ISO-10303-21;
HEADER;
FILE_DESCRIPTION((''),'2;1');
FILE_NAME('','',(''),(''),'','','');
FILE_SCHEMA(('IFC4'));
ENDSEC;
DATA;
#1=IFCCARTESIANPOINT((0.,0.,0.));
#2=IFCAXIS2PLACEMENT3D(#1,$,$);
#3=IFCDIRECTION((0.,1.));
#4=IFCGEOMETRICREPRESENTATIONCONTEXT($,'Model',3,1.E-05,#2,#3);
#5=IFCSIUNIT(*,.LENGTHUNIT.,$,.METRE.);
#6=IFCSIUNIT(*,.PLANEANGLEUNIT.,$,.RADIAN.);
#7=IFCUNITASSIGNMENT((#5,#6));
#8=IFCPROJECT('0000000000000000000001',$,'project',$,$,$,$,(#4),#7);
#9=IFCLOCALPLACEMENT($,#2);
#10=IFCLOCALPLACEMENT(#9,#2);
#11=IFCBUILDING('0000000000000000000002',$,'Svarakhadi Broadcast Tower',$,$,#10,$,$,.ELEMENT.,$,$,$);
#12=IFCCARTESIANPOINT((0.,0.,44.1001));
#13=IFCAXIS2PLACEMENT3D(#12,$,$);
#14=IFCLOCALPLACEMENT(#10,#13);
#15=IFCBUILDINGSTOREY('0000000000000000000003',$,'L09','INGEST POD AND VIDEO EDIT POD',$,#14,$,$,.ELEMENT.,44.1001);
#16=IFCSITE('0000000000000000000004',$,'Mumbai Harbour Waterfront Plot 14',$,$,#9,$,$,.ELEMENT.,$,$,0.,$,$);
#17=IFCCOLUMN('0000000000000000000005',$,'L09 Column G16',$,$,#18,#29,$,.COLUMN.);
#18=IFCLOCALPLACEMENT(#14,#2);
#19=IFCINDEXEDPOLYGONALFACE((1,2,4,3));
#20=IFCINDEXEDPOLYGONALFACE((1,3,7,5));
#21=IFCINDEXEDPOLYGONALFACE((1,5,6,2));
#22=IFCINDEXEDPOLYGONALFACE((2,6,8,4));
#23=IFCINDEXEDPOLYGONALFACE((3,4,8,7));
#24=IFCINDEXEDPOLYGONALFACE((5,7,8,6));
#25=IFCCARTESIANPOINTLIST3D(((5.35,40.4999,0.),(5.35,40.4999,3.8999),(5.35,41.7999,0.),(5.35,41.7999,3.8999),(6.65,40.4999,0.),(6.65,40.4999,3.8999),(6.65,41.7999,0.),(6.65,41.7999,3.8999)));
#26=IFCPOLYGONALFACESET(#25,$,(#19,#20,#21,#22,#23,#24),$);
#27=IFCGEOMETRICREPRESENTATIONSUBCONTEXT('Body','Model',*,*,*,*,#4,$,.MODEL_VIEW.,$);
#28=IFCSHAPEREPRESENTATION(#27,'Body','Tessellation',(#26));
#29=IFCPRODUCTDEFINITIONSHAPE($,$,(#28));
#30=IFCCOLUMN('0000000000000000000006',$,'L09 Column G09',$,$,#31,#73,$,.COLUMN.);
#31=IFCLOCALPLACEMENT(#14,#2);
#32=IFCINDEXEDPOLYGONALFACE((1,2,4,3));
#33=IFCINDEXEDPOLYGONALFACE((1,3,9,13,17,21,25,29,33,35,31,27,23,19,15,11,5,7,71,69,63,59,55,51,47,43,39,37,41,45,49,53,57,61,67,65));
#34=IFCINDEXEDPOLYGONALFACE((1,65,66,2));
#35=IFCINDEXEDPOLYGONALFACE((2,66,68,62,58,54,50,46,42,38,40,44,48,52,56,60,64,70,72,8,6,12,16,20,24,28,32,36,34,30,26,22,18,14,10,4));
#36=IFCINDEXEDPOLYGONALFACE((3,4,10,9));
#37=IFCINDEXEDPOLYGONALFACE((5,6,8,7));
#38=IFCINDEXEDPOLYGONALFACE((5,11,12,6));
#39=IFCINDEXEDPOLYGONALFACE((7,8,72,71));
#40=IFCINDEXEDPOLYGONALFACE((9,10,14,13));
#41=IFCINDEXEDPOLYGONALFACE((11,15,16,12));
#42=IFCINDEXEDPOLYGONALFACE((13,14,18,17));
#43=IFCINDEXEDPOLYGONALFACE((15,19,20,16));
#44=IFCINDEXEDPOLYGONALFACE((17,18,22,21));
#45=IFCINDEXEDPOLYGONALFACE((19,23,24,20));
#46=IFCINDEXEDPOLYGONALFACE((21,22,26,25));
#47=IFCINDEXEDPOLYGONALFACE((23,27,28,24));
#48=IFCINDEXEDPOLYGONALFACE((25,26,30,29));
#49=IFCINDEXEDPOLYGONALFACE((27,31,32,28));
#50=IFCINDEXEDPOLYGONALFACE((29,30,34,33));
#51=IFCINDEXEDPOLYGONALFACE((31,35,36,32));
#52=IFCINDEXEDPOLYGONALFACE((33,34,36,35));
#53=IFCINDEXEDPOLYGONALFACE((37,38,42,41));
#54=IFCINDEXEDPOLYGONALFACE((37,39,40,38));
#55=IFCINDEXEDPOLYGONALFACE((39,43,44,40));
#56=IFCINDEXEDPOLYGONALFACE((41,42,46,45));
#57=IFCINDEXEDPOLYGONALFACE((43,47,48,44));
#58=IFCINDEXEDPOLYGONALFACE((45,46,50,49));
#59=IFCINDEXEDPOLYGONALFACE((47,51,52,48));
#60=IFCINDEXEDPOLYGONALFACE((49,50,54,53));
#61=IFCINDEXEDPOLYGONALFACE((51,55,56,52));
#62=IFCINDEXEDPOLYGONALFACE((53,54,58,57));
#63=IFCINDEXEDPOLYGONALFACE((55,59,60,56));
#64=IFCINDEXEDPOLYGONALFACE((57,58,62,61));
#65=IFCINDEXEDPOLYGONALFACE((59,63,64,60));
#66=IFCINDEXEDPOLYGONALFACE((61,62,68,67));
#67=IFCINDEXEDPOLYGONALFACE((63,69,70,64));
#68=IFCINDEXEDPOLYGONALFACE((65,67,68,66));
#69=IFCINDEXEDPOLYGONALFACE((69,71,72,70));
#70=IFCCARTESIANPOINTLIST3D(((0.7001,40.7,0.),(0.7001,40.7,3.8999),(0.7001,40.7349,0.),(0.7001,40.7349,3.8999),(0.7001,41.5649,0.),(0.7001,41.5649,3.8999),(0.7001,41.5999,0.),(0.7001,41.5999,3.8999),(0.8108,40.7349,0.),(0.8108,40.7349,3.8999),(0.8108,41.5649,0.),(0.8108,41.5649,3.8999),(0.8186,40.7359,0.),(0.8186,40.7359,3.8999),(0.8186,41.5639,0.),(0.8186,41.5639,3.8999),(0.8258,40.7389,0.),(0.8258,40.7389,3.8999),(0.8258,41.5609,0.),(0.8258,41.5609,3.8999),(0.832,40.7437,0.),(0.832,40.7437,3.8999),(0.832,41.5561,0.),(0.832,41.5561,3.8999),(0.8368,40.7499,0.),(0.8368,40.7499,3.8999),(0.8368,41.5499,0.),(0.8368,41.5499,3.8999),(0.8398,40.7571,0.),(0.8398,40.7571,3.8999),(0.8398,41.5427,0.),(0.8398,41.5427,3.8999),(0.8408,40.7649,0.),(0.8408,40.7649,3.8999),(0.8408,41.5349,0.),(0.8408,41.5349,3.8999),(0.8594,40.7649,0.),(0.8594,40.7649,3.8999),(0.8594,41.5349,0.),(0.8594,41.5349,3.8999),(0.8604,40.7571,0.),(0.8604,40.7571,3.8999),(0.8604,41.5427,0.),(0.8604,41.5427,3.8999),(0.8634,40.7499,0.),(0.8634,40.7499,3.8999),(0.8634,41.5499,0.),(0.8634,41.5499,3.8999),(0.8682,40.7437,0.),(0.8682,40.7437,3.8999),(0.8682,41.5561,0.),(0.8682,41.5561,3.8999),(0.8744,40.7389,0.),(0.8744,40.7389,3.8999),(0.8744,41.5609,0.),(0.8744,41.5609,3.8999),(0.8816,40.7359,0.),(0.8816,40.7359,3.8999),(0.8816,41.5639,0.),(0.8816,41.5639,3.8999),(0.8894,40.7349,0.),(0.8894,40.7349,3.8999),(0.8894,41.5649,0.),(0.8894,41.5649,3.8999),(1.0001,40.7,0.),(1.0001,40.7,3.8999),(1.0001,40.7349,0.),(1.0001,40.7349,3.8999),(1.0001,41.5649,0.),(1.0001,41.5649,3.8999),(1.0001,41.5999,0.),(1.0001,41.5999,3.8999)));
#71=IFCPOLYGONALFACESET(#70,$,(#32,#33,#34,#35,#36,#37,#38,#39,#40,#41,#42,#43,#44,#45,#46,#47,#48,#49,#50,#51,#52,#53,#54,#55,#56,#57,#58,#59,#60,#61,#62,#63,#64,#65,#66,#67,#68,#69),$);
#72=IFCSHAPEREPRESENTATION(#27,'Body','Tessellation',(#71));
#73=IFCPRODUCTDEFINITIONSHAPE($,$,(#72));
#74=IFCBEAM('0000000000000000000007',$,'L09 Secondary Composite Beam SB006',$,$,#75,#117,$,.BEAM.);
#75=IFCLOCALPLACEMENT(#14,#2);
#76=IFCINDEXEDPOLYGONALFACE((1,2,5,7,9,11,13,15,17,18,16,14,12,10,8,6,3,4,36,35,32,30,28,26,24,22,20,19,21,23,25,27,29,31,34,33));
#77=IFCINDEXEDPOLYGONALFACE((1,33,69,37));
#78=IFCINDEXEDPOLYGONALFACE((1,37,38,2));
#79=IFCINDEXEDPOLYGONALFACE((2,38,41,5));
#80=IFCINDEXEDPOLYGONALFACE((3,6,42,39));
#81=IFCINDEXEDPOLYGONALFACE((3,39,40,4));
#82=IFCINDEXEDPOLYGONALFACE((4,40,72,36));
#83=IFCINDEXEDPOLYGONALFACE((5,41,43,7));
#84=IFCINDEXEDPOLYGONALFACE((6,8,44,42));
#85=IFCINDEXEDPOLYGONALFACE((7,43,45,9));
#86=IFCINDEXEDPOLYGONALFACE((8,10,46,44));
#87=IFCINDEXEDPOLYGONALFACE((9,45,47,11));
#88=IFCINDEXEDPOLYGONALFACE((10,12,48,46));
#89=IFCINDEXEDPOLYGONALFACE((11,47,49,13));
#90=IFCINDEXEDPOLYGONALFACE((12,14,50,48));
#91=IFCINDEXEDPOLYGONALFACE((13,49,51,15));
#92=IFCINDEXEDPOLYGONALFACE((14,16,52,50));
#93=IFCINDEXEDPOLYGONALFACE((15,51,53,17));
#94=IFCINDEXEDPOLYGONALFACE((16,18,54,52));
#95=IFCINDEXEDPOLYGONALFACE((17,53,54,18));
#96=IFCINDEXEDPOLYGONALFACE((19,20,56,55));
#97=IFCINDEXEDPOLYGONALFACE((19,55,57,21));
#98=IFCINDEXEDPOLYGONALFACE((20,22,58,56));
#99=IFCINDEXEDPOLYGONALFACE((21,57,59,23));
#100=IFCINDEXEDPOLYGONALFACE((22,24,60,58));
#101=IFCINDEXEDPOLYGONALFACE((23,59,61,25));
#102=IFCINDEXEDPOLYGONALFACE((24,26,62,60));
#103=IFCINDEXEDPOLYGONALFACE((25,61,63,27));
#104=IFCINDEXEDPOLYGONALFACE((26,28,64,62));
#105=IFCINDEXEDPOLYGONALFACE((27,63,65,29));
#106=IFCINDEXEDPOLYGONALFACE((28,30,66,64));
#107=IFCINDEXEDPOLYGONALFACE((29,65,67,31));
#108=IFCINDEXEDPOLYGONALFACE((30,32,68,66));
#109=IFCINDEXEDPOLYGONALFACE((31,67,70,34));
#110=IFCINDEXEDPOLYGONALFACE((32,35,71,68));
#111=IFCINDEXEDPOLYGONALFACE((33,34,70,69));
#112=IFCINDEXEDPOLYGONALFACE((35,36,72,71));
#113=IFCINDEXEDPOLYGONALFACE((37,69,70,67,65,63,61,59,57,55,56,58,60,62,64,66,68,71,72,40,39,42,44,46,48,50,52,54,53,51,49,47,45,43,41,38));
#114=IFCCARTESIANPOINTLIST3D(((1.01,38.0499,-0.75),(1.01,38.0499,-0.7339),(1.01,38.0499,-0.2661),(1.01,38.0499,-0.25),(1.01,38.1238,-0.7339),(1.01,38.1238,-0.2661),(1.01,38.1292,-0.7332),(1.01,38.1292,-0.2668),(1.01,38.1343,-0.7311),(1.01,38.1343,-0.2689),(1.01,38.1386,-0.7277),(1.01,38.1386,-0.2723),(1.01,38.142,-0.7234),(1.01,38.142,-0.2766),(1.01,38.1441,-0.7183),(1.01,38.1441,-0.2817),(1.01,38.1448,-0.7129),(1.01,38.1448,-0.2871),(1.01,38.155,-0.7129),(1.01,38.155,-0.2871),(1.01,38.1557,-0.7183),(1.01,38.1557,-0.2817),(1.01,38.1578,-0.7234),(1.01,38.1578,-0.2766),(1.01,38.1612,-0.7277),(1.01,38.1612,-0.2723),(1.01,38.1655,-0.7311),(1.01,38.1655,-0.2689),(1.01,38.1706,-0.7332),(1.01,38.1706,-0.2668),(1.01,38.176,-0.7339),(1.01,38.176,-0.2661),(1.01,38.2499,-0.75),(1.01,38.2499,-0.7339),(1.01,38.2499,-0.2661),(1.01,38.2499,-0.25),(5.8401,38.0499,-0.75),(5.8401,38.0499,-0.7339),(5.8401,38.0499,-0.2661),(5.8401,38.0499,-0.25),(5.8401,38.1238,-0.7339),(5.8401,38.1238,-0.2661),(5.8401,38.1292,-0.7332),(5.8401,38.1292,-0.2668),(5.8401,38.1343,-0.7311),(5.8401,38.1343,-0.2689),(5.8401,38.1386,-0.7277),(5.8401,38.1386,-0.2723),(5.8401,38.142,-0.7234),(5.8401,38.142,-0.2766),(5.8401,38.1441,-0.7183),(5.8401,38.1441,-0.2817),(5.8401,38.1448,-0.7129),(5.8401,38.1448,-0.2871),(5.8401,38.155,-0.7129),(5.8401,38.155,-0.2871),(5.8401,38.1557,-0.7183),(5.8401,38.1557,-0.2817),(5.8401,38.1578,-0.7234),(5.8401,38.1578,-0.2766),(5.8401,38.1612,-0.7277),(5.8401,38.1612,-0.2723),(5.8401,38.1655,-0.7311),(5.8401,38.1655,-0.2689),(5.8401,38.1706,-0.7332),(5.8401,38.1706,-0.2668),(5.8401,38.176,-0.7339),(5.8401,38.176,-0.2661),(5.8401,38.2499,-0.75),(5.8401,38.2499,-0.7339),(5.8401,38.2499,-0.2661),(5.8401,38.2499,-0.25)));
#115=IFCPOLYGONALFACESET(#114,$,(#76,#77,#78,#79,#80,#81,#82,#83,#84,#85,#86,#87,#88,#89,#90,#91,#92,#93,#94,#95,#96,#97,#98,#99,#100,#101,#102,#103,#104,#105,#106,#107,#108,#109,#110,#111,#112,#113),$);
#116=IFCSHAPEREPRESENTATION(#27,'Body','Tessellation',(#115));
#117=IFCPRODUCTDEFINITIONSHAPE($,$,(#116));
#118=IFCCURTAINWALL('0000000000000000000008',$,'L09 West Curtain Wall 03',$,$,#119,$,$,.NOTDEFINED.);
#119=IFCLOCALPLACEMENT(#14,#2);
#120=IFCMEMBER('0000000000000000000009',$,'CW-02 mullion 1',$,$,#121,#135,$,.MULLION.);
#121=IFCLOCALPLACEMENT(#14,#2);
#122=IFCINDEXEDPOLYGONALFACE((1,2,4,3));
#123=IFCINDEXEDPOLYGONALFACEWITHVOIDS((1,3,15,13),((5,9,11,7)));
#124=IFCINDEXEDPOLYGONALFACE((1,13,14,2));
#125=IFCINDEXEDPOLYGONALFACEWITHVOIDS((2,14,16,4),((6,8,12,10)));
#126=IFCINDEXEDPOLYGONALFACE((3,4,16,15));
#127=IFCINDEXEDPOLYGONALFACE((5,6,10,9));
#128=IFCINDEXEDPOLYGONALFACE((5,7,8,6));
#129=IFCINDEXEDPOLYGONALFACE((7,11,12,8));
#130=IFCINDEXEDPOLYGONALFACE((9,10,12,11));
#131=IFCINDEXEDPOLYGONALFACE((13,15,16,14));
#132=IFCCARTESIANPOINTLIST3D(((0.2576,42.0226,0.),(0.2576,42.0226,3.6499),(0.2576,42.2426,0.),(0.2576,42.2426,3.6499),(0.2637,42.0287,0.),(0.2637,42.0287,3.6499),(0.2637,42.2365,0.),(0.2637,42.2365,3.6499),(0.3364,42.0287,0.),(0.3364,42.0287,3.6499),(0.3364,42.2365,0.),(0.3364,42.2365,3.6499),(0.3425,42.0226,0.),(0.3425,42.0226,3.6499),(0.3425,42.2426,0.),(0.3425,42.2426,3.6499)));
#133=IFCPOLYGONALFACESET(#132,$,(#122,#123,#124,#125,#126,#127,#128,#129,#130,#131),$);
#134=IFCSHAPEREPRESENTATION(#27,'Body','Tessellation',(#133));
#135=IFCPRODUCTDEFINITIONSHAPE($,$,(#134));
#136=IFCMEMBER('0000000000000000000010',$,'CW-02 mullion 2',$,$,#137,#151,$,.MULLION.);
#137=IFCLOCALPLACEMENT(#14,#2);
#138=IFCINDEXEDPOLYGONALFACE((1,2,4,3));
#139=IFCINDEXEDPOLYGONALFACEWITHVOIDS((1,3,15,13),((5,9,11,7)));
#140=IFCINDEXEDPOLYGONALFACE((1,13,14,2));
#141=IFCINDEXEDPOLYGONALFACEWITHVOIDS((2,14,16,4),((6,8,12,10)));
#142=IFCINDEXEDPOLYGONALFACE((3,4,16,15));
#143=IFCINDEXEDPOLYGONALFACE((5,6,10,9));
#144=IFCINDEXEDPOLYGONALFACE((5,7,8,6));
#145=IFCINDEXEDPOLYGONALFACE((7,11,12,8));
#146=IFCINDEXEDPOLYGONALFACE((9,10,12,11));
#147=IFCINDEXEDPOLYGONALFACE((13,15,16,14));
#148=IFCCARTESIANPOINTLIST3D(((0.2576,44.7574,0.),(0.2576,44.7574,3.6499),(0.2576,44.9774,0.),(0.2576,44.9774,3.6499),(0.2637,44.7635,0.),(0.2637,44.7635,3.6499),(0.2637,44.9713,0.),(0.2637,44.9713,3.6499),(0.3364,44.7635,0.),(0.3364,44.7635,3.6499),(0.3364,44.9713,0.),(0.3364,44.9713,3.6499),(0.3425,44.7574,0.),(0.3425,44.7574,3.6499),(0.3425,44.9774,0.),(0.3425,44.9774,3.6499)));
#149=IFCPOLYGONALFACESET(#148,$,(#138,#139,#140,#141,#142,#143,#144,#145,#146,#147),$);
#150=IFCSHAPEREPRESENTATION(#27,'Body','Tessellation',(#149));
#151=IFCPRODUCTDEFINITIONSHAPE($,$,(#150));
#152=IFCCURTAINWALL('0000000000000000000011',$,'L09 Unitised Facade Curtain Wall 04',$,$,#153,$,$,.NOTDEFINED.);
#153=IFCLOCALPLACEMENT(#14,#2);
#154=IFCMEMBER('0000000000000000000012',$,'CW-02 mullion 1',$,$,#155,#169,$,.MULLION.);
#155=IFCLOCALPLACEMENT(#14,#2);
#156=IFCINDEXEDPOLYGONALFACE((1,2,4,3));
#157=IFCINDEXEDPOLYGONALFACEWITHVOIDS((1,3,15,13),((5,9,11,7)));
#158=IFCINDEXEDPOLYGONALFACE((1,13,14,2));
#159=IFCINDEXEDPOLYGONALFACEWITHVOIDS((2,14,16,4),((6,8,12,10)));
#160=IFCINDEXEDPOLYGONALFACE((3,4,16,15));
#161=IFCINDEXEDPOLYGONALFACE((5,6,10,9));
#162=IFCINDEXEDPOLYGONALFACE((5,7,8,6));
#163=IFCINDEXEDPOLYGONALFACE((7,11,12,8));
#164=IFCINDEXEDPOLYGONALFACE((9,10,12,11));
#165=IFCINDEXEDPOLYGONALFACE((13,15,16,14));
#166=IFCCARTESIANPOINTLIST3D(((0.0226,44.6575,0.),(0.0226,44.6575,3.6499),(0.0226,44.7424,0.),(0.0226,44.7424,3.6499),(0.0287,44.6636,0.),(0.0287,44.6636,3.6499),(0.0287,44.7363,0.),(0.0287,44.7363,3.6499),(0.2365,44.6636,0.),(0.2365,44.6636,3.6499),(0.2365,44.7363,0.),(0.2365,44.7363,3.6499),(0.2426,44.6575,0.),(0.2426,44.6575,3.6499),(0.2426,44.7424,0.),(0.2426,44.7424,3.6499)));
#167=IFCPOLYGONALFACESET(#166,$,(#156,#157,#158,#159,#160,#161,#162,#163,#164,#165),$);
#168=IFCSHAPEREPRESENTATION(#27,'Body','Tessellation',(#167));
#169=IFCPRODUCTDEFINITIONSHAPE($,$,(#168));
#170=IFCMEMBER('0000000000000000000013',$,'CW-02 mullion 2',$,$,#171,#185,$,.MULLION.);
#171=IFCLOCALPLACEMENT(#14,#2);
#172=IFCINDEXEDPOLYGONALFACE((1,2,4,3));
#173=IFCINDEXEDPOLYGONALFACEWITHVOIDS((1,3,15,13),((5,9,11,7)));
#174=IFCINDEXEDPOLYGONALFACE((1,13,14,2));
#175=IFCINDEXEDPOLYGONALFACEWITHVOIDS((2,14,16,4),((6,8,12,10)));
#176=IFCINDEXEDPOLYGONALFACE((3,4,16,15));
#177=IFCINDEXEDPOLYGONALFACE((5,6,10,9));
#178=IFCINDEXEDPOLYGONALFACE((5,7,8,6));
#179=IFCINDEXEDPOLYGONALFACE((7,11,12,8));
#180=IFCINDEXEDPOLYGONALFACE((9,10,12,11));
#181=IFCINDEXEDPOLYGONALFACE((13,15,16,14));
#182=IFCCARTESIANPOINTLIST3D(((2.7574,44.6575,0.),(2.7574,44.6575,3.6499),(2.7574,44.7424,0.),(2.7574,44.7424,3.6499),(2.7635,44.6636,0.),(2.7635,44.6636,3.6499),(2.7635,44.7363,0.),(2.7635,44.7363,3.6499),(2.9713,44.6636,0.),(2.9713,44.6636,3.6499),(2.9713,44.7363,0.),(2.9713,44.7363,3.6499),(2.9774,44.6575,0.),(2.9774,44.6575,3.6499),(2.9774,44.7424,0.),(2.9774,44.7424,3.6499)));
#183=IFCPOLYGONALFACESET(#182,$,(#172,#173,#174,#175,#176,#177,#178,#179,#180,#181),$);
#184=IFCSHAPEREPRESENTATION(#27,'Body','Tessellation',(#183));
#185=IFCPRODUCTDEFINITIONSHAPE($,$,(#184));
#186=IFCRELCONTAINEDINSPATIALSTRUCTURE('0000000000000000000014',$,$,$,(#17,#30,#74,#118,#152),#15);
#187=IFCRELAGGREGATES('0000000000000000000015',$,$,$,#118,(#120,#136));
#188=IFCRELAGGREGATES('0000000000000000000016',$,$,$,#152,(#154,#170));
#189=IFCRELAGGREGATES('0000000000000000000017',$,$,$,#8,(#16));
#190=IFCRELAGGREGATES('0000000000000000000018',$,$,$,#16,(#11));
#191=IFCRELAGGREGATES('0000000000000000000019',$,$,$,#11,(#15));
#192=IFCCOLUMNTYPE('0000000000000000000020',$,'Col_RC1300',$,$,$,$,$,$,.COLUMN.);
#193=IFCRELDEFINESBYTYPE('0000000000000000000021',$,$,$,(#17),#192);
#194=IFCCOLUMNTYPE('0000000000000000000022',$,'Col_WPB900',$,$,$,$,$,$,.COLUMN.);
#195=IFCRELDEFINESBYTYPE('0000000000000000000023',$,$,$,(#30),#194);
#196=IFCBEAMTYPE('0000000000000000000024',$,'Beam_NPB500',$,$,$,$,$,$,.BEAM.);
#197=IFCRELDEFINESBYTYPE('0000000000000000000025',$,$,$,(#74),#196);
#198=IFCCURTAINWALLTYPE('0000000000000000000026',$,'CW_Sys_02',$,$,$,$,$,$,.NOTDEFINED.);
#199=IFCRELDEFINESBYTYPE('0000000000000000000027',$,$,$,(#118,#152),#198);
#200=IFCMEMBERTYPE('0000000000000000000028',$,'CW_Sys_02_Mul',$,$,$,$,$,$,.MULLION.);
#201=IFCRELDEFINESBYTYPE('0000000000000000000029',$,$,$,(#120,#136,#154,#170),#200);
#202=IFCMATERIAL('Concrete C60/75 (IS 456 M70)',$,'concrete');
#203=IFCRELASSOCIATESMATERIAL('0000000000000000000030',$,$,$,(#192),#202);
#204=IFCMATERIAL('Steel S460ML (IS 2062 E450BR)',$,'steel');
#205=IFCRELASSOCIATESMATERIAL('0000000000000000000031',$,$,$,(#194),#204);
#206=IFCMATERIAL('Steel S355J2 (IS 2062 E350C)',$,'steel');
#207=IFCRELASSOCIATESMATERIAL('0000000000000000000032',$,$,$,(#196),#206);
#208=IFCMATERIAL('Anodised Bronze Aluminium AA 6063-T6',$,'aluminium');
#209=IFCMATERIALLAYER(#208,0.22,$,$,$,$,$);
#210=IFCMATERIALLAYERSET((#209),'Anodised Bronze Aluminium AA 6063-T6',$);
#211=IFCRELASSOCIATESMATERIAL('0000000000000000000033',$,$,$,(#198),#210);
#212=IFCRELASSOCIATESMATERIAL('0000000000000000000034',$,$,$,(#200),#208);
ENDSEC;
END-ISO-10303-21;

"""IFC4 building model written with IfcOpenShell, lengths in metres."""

from ifc_helpers import new_model, si_unit, direction, frame, origin, origin_2d, place, context, subcontext, project, spatial, rectangle, hollow_rectangle, i_section, extrude, material, layer, layer_set, material_profile, profile_set, type_object, element, aggregate, save


model = new_model("IFC4")

# Units and contexts
model_context = context("Model", 3, precision=1e-05, world=origin(), true_north=direction((0.0, 1.0)))
body_context = subcontext(model_context, "Body", "Model", "MODEL_VIEW")
ifc_project = project(units=[si_unit("LENGTHUNIT", "METRE"), si_unit("PLANEANGLEUNIT", "RADIAN")], contexts=[model_context])

# Site, building, storey
site_placement = place(None, origin())
site = spatial("IfcSite", under=ifc_project, at=site_placement, Name="Mumbai Harbour Waterfront Plot 14", CompositionType="ELEMENT", RefElevation=0.0)
building_placement = place(site_placement, origin())
building = spatial("IfcBuilding", under=site, at=building_placement, Name="Svarakhadi Broadcast Tower", CompositionType="ELEMENT")
storey_placement = place(building_placement, frame((0.0, 0.0, 44.1001)))
storey = spatial("IfcBuildingStorey", under=building, at=storey_placement, Name="L09", Description="INGEST POD AND VIDEO EDIT POD", CompositionType="ELEMENT", Elevation=44.1001)

# Columns
ifc_material_1 = material(Name="Concrete C60/75 (IS 456 M70)", Category="concrete")
ifc_material_profile_1 = material_profile(ifc_material_1, rectangle(XDim=1.3, YDim=1.3, at=origin_2d()), Name="RC 1300x1300")
ifc_profile_set_1 = profile_set([ifc_material_profile_1], Name="Concrete C60/75 (IS 456 M70)")
column_type_1 = type_object("IfcColumnType", Name="Col_RC1300", PredefinedType="COLUMN", material=ifc_profile_set_1)
column_1_placement = place(storey_placement, frame((6.0, 41.1499, 0.0), z_axis=(0.0, 0.0, 1.0), x_axis=(1.0, 0.0, 0.0)))
element("IfcColumn", 1, at=column_1_placement, inside=storey, type_object=column_type_1, Name="L09 Column G16", PredefinedType="COLUMN", context=body_context, shape_type="SweptSolid", body=[
    extrude(rectangle(XDim=1.3, YDim=1.3, at=origin_2d()), origin(), (0.0, 0.0, 1.0), 3.8999),
])
ifc_material_2 = material(Name="Steel S460ML (IS 2062 E450BR)", Category="steel")
ifc_material_profile_2 = material_profile(ifc_material_2, i_section(OverallWidth=0.3, OverallDepth=0.8999, WebThickness=0.0186, FlangeThickness=0.0349, FilletRadius=0.03, at=origin_2d()), Name="WPB 900x300x291")
ifc_profile_set_2 = profile_set([ifc_material_profile_2], Name="Steel S460ML (IS 2062 E450BR)")
column_type_2 = type_object("IfcColumnType", Name="Col_WPB900", PredefinedType="COLUMN", material=ifc_profile_set_2)
column_2_placement = place(storey_placement, frame((0.8501, 41.1499, 0.0), z_axis=(0.0, 0.0, 1.0), x_axis=(1.0, 0.0, 0.0)))
element("IfcColumn", 2, at=column_2_placement, inside=storey, type_object=column_type_2, Name="L09 Column G09", PredefinedType="COLUMN", context=body_context, shape_type="SweptSolid", body=[
    extrude(i_section(OverallWidth=0.3, OverallDepth=0.8999, WebThickness=0.0186, FlangeThickness=0.0349, FilletRadius=0.03, at=origin_2d()), origin(), (0.0, 0.0, 1.0), 3.8999),
])

# Beam
ifc_material_3 = material(Name="Steel S355J2 (IS 2062 E350C)", Category="steel")
ifc_material_profile_3 = material_profile(ifc_material_3, i_section(OverallWidth=0.2, OverallDepth=0.5, WebThickness=0.0103, FlangeThickness=0.0161, FilletRadius=0.021, at=origin_2d()), Name="NPB 500x200x91")
ifc_profile_set_3 = profile_set([ifc_material_profile_3], Name="Steel S355J2 (IS 2062 E350C)")
beam_type_1 = type_object("IfcBeamType", Name="Beam_NPB500", PredefinedType="BEAM", material=ifc_profile_set_3)
beam_1_placement = place(storey_placement, frame((1.01, 38.1499, -0.5), z_axis=(1.0, 0.0, 0.0), x_axis=(0.0, 1.0, 0.0)))
element("IfcBeam", 3, at=beam_1_placement, inside=storey, type_object=beam_type_1, Name="L09 Secondary Composite Beam SB006", PredefinedType="BEAM", context=body_context, shape_type="SweptSolid", body=[
    extrude(i_section(OverallWidth=0.2, OverallDepth=0.5, WebThickness=0.0103, FlangeThickness=0.0161, FilletRadius=0.021, at=origin_2d()), origin(), (0.0, 0.0, 1.0), 4.8301),
])

# Curtain walls, members
ifc_material_4 = material(Name="Anodised Bronze Aluminium AA 6063-T6", Category="aluminium")
ifc_layer_1 = layer(ifc_material_4, 0.22)
ifc_layer_set_1 = layer_set([ifc_layer_1], Name="Anodised Bronze Aluminium AA 6063-T6")
curtain_wall_type = type_object("IfcCurtainWallType", Name="CW_Sys_02", PredefinedType="NOTDEFINED", material=ifc_layer_set_1)
curtain_wall_1_placement = place(storey_placement, origin())
curtain_wall_1 = element("IfcCurtainWall", 4, at=curtain_wall_1_placement, inside=storey, type_object=curtain_wall_type, Name="L09 West Curtain Wall 03", PredefinedType="NOTDEFINED")
ifc_material_profile_4 = material_profile(ifc_material_4, hollow_rectangle(XDim=0.085, YDim=0.22, WallThickness=0.0061, at=origin_2d()), Name="ALU MULLION 220x85x6")
ifc_profile_set_4 = profile_set([ifc_material_profile_4], Name="Anodised Bronze Aluminium AA 6063-T6")
member_type_1 = type_object("IfcMemberType", Name="CW_Sys_02_Mul", PredefinedType="MULLION", material=ifc_profile_set_4)
member_1_placement = place(storey_placement, frame((0.3, 42.1326, 0.0), z_axis=(0.0, 0.0, 1.0), x_axis=(-1.0, 0.0, 0.0)))
member_1 = element("IfcMember", 5, at=member_1_placement, type_object=member_type_1, Name="CW-02 mullion 1", PredefinedType="MULLION", context=body_context, shape_type="SweptSolid", body=[
    extrude(hollow_rectangle(XDim=0.085, YDim=0.22, WallThickness=0.0061, at=origin_2d()), origin(), (0.0, 0.0, 1.0), 3.6499),
])
member_2_placement = place(storey_placement, frame((0.3, 44.8674, 0.0), z_axis=(0.0, 0.0, 1.0), x_axis=(-1.0, 0.0, 0.0)))
member_2 = element("IfcMember", 6, at=member_2_placement, type_object=member_type_1, Name="CW-02 mullion 2", PredefinedType="MULLION", context=body_context, shape_type="SweptSolid", body=[
    extrude(hollow_rectangle(XDim=0.085, YDim=0.22, WallThickness=0.0061, at=origin_2d()), origin(), (0.0, 0.0, 1.0), 3.6499),
])
curtain_wall_2_placement = place(storey_placement, origin())
curtain_wall_2 = element("IfcCurtainWall", 7, at=curtain_wall_2_placement, inside=storey, type_object=curtain_wall_type, Name="L09 Unitised Facade Curtain Wall 04", PredefinedType="NOTDEFINED")
member_3_placement = place(storey_placement, frame((0.1326, 44.7, 0.0), z_axis=(0.0, 0.0, 1.0), x_axis=(0.0, 1.0, 0.0)))
member_3 = element("IfcMember", 8, at=member_3_placement, type_object=member_type_1, Name="CW-02 mullion 1", PredefinedType="MULLION", context=body_context, shape_type="SweptSolid", body=[
    extrude(hollow_rectangle(XDim=0.085, YDim=0.22, WallThickness=0.0061, at=origin_2d()), origin(), (0.0, 0.0, 1.0), 3.6499),
])
member_4_placement = place(storey_placement, frame((2.8674, 44.7, 0.0), z_axis=(0.0, 0.0, 1.0), x_axis=(0.0, 1.0, 0.0)))
member_4 = element("IfcMember", 9, at=member_4_placement, type_object=member_type_1, Name="CW-02 mullion 2", PredefinedType="MULLION", context=body_context, shape_type="SweptSolid", body=[
    extrude(hollow_rectangle(XDim=0.085, YDim=0.22, WallThickness=0.0061, at=origin_2d()), origin(), (0.0, 0.0, 1.0), 3.6499),
])

aggregate(curtain_wall_1, [member_1, member_2])
aggregate(curtain_wall_2, [member_3, member_4])

save(model, "model.ifc")
